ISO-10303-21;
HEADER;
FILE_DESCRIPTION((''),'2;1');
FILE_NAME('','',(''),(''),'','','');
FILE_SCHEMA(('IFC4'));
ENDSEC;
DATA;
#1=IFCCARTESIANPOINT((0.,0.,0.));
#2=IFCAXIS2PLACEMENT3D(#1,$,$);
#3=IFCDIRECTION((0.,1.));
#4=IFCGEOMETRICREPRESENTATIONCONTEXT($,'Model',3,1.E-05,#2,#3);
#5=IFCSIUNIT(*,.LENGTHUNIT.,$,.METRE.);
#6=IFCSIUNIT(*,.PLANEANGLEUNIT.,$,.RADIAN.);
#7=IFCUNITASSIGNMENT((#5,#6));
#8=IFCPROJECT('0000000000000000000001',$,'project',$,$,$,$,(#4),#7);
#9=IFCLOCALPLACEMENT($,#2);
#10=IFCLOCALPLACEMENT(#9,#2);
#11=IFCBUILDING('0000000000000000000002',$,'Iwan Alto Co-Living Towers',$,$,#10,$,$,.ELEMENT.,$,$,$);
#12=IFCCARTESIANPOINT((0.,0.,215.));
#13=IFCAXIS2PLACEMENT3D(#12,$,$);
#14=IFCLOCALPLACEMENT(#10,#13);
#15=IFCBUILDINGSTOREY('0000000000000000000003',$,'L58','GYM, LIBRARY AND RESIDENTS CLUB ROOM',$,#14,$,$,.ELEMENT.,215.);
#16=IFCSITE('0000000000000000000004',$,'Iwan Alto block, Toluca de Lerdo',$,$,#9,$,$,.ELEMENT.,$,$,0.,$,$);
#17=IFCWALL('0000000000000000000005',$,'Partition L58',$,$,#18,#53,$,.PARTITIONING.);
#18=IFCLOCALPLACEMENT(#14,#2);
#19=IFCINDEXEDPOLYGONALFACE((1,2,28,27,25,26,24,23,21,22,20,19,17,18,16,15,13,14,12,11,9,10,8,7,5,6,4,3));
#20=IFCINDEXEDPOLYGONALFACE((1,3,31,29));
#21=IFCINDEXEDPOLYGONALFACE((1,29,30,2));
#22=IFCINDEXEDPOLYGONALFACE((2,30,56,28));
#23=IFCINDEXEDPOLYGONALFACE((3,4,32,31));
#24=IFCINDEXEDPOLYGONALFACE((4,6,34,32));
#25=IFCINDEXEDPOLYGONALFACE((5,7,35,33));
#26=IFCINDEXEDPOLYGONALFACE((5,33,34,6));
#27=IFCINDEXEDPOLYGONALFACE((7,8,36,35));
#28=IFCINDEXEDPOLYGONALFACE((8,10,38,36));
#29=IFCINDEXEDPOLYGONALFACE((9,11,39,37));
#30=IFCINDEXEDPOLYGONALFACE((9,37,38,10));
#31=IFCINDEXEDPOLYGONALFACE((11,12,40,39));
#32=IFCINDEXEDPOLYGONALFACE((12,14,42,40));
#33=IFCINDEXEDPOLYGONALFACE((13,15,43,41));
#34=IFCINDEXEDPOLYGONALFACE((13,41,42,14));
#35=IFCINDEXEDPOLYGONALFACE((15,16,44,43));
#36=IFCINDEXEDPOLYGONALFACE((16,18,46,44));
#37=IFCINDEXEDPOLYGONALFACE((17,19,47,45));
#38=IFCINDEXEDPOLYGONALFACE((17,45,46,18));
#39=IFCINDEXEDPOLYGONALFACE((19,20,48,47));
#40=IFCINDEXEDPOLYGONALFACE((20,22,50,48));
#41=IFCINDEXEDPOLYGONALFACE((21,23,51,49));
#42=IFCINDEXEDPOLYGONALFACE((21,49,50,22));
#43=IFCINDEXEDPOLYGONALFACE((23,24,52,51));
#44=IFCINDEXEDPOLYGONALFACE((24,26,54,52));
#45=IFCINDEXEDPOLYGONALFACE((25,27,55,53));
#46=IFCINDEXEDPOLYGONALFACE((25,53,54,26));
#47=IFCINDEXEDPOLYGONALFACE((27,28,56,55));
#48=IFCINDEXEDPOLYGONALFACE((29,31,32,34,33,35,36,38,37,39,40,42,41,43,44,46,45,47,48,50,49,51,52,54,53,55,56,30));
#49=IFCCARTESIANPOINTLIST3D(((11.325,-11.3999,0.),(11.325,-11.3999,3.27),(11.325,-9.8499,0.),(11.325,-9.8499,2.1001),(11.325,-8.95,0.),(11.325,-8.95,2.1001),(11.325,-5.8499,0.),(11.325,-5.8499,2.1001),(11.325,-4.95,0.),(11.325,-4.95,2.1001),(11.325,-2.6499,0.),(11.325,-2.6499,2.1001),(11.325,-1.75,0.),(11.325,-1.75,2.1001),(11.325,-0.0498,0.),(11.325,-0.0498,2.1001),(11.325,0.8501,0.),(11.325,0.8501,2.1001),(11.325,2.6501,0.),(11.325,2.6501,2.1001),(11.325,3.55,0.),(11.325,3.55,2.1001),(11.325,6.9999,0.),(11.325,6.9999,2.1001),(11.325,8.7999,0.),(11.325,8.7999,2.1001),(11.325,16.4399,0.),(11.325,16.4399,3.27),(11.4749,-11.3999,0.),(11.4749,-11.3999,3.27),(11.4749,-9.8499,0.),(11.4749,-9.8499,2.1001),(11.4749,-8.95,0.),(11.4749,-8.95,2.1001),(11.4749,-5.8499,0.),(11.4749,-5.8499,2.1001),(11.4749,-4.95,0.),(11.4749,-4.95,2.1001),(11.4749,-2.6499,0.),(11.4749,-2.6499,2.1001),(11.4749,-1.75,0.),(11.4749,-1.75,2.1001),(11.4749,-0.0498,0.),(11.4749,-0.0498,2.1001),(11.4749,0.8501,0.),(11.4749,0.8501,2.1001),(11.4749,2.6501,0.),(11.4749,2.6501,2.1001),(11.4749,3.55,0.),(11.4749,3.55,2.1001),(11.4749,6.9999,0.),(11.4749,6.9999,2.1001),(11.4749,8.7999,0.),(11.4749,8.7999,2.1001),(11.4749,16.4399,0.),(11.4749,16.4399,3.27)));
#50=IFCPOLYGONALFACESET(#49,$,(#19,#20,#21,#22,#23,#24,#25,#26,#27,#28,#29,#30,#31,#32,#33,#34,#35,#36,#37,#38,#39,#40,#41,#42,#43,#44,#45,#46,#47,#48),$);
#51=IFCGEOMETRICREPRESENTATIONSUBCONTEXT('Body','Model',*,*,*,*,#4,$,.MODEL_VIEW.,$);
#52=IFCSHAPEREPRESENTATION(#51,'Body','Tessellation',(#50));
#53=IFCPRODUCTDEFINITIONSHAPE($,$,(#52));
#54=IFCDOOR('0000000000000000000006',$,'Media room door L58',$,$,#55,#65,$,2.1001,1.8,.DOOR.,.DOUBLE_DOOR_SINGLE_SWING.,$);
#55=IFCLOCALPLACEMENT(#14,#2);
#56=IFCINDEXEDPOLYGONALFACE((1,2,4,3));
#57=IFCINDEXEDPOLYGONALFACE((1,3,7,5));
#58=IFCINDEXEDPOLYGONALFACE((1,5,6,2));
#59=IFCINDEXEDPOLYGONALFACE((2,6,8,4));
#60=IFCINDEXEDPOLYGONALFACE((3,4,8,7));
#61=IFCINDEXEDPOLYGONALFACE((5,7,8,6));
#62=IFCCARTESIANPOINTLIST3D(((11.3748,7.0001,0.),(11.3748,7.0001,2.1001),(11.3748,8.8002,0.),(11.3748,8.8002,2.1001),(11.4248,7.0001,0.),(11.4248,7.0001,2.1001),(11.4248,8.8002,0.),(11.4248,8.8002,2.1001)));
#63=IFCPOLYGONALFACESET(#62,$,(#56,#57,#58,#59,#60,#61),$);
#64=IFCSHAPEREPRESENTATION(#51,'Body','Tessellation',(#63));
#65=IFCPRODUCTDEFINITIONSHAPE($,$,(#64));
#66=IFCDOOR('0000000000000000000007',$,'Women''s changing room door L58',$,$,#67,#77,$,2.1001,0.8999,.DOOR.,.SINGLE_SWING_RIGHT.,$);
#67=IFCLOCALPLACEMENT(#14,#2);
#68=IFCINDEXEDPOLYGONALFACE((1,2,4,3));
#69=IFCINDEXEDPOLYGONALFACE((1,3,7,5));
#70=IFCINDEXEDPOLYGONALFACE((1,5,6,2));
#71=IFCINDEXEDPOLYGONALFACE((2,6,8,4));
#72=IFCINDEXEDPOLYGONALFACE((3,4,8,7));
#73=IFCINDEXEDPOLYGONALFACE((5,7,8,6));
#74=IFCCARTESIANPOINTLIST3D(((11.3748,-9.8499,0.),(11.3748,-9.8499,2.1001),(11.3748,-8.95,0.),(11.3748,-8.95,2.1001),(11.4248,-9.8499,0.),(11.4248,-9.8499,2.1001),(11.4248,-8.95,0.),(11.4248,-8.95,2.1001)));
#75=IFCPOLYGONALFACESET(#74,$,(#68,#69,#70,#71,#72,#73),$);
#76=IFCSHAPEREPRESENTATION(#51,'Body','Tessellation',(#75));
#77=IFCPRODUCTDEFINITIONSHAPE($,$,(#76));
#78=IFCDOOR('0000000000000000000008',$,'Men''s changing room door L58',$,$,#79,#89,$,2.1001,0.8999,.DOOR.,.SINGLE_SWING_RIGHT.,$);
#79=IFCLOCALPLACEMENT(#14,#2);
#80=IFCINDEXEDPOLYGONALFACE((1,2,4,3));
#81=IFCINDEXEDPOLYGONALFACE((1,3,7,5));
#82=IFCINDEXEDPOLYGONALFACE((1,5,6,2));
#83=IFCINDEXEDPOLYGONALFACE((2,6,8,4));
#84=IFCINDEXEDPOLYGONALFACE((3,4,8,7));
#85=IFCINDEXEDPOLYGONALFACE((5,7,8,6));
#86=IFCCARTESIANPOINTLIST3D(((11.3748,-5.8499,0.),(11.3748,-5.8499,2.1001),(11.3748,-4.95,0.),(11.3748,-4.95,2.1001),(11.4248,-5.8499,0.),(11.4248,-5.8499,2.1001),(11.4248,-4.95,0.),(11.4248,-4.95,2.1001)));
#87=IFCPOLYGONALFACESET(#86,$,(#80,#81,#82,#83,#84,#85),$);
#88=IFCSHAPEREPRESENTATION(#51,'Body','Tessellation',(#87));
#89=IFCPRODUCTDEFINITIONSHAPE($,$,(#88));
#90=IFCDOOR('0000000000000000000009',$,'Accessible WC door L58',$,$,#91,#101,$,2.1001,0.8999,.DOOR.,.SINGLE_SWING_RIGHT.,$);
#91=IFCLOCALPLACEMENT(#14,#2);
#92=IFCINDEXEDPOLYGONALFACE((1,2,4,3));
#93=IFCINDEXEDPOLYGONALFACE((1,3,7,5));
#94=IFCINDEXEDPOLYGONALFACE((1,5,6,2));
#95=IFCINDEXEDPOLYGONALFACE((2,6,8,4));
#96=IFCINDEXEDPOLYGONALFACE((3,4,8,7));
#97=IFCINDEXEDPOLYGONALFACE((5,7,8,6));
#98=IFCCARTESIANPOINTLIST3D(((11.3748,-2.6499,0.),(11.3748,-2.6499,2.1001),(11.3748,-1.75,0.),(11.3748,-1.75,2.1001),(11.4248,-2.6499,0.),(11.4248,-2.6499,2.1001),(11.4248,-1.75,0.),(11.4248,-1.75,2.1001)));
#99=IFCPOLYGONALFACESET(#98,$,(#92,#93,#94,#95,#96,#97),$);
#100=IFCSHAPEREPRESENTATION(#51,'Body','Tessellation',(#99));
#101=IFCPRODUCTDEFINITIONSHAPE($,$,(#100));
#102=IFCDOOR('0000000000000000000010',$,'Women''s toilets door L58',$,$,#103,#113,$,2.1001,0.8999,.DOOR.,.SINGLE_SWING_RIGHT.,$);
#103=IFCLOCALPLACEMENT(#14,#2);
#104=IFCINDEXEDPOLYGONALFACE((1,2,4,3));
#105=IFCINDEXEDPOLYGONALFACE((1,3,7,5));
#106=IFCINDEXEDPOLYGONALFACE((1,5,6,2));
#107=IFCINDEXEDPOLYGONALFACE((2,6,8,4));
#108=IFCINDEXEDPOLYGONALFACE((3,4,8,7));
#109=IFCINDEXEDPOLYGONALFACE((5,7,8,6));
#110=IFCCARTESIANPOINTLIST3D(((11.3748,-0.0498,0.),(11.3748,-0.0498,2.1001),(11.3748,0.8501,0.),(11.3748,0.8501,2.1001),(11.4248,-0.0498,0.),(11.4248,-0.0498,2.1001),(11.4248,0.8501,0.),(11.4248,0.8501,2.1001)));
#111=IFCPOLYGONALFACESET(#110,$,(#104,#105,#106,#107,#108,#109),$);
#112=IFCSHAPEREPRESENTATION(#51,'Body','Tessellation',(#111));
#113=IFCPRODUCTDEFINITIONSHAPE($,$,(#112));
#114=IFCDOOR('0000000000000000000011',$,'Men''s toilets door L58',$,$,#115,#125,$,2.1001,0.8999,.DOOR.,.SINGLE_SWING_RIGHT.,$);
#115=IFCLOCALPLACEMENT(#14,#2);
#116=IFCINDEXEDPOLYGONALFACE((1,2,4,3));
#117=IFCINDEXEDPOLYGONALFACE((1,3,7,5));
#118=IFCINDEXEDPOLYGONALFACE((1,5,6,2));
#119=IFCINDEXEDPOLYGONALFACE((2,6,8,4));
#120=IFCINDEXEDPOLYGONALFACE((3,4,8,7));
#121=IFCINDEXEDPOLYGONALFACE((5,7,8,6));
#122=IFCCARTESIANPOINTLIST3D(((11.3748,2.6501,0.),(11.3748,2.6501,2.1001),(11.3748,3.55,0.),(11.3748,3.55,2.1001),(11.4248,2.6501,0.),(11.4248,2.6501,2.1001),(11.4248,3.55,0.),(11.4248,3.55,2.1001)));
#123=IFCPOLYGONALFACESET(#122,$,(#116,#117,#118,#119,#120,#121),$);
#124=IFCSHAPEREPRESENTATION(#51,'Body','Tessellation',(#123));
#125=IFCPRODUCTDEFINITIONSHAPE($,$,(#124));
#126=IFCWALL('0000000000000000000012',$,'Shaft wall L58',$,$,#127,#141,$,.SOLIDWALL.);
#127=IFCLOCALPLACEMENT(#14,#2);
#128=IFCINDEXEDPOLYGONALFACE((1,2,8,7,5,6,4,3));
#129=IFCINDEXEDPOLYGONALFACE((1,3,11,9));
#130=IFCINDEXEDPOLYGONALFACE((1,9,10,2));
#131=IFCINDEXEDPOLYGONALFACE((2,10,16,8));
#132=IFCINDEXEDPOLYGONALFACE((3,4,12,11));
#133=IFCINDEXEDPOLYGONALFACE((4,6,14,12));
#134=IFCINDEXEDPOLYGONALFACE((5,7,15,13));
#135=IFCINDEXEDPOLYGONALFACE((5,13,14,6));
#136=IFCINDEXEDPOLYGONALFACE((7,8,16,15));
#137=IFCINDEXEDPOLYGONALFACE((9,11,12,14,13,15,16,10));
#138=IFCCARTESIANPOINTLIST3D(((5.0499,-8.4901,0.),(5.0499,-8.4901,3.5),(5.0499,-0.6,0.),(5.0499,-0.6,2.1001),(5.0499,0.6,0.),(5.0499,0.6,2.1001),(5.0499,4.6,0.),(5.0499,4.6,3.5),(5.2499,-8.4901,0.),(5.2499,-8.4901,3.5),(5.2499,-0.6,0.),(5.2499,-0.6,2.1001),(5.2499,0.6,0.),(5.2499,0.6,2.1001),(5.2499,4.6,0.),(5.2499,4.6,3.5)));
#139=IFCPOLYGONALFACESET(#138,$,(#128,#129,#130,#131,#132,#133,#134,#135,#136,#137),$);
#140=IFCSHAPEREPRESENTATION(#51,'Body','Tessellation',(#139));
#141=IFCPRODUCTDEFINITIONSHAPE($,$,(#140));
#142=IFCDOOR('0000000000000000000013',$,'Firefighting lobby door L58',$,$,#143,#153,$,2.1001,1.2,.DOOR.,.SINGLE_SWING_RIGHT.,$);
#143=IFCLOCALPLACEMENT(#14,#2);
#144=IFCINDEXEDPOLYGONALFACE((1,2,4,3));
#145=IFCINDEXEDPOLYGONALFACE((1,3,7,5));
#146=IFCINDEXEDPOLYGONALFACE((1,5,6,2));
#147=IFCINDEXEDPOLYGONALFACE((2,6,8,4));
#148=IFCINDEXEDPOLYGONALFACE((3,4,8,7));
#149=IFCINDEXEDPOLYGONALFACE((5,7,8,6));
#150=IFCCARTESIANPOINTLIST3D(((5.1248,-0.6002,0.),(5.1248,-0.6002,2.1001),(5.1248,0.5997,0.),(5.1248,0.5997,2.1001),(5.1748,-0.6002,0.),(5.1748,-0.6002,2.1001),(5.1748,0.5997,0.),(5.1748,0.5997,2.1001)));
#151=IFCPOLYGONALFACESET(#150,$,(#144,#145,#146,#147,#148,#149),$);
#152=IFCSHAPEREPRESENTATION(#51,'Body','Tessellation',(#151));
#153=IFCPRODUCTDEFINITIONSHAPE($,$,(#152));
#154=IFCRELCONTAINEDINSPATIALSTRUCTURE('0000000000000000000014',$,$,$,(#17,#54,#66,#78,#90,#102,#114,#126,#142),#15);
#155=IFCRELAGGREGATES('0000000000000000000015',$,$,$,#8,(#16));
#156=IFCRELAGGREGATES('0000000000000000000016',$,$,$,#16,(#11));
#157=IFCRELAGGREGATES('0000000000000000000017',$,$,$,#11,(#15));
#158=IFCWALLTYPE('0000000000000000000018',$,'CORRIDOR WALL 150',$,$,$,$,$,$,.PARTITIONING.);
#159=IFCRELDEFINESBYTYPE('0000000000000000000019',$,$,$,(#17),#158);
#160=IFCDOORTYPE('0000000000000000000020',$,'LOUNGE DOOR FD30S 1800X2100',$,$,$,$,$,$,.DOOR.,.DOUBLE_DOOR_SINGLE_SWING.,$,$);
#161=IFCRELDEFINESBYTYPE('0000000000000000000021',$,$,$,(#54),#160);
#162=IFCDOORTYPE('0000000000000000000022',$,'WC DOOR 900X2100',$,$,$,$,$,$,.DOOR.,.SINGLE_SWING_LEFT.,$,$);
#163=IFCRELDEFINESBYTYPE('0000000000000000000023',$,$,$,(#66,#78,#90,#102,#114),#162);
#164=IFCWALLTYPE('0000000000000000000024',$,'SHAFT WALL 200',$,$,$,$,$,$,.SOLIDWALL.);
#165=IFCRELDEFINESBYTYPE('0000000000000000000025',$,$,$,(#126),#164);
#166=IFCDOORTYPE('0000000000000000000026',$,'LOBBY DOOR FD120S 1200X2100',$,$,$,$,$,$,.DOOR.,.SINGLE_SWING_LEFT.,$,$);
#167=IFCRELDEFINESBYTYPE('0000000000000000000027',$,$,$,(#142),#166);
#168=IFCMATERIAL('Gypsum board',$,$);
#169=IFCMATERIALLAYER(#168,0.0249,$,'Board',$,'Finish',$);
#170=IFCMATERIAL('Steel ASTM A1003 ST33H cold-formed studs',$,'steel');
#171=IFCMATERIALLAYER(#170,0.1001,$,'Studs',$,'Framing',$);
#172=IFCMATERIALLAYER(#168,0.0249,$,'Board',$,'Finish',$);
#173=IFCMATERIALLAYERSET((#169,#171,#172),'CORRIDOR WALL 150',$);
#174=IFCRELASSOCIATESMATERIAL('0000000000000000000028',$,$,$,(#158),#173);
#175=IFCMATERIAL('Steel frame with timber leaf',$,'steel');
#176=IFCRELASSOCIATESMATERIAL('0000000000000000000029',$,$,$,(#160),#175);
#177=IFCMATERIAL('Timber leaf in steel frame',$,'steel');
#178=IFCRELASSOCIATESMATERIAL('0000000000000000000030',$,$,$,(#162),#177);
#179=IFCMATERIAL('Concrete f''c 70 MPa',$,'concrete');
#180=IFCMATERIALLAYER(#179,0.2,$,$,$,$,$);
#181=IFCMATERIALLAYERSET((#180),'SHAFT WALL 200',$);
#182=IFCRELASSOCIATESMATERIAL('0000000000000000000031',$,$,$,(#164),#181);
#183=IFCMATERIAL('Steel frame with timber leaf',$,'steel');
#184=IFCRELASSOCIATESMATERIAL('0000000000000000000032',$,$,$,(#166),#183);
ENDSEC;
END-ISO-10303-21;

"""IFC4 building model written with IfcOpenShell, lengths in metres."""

from ifc_helpers import new_model, si_unit, direction, frame, frame_2d, origin, place, context, subcontext, project, spatial, rectangle, extrude, material, layer, layer_set, type_object, element, fill, save


model = new_model("IFC4")

# Units and contexts
model_context = context("Model", 3, precision=1e-05, world=origin(), true_north=direction((0.0, 1.0)))
body_context = subcontext(model_context, "Body", "Model", "MODEL_VIEW")
ifc_project = project(units=[si_unit("LENGTHUNIT", "METRE"), si_unit("PLANEANGLEUNIT", "RADIAN")], contexts=[model_context])

# Site, building, storey
site_placement = place(None, origin())
site = spatial("IfcSite", under=ifc_project, at=site_placement, Name="Iwan Alto block, Toluca de Lerdo", CompositionType="ELEMENT", RefElevation=0.0)
building_placement = place(site_placement, origin())
building = spatial("IfcBuilding", under=site, at=building_placement, Name="Iwan Alto Co-Living Towers", CompositionType="ELEMENT")
storey_placement = place(building_placement, frame((0.0, 0.0, 215.0)))
storey = spatial("IfcBuildingStorey", under=building, at=storey_placement, Name="L58", Description="GYM, LIBRARY AND RESIDENTS CLUB ROOM", CompositionType="ELEMENT", Elevation=215.0)

# Wall, openings, doors
ifc_material_1 = material(Name="Gypsum board")
ifc_layer_1 = layer(ifc_material_1, 0.0249, Name="Board", Category="Finish")
ifc_material_2 = material(Name="Steel ASTM A1003 ST33H cold-formed studs", Category="steel")
ifc_layer_2 = layer(ifc_material_2, 0.1001, Name="Studs", Category="Framing")
ifc_layer_3 = layer(ifc_material_1, 0.0249, Name="Board", Category="Finish")
ifc_layer_set_1 = layer_set([ifc_layer_1, ifc_layer_2, ifc_layer_3], Name="CORRIDOR WALL 150")
wall_type_1 = type_object("IfcWallType", Name="CORRIDOR WALL 150", PredefinedType="PARTITIONING", material=ifc_layer_set_1)
wall_1_placement = place(storey_placement, frame((11.3999, -11.3999, 0.0), z_axis=(0.0, 0.0, 1.0), x_axis=(0.0, 1.0, 0.0)))
wall_1 = element("IfcWall", 1, at=wall_1_placement, inside=storey, type_object=wall_type_1, Name="Partition L58", PredefinedType="PARTITIONING", context=body_context, shape_type="SweptSolid", body=[
    extrude(rectangle(XDim=27.8398, YDim=0.1499, at=frame_2d((13.9199, 0.0))), origin(), (0.0, 0.0, 1.0), 3.27),
])
opening_1_placement = place(wall_1_placement, frame((1.55, 0.0, 0.0)))
opening_1 = element("IfcOpeningElement", 2, at=opening_1_placement, cuts=wall_1, PredefinedType="OPENING", context=body_context, shape_type="SweptSolid", body=[
    extrude(rectangle(XDim=0.8999, YDim=2.1001, at=frame_2d((0.45, 1.05))), frame((0.0, 0.085, 0.0), z_axis=(0.0, -1.0, 0.0), x_axis=(1.0, 0.0, 0.0)), (0.0, 0.0, 1.0), 0.1699),
])
opening_2_placement = place(wall_1_placement, frame((5.55, 0.0, 0.0)))
opening_2 = element("IfcOpeningElement", 3, at=opening_2_placement, cuts=wall_1, PredefinedType="OPENING", context=body_context, shape_type="SweptSolid", body=[
    extrude(rectangle(XDim=0.8999, YDim=2.1001, at=frame_2d((0.45, 1.05))), frame((0.0, 0.085, 0.0), z_axis=(0.0, -1.0, 0.0), x_axis=(1.0, 0.0, 0.0)), (0.0, 0.0, 1.0), 0.1699),
])
opening_3_placement = place(wall_1_placement, frame((8.75, 0.0, 0.0)))
opening_3 = element("IfcOpeningElement", 4, at=opening_3_placement, cuts=wall_1, PredefinedType="OPENING", context=body_context, shape_type="SweptSolid", body=[
    extrude(rectangle(XDim=0.8999, YDim=2.1001, at=frame_2d((0.45, 1.05))), frame((0.0, 0.085, 0.0), z_axis=(0.0, -1.0, 0.0), x_axis=(1.0, 0.0, 0.0)), (0.0, 0.0, 1.0), 0.1699),
])
opening_4_placement = place(wall_1_placement, frame((11.3501, 0.0, 0.0)))
opening_4 = element("IfcOpeningElement", 5, at=opening_4_placement, cuts=wall_1, PredefinedType="OPENING", context=body_context, shape_type="SweptSolid", body=[
    extrude(rectangle(XDim=0.8999, YDim=2.1001, at=frame_2d((0.45, 1.05))), frame((0.0, 0.085, 0.0), z_axis=(0.0, -1.0, 0.0), x_axis=(1.0, 0.0, 0.0)), (0.0, 0.0, 1.0), 0.1699),
])
opening_5_placement = place(wall_1_placement, frame((14.05, 0.0, 0.0)))
opening_5 = element("IfcOpeningElement", 6, at=opening_5_placement, cuts=wall_1, PredefinedType="OPENING", context=body_context, shape_type="SweptSolid", body=[
    extrude(rectangle(XDim=0.8999, YDim=2.1001, at=frame_2d((0.45, 1.05))), frame((0.0, 0.085, 0.0), z_axis=(0.0, -1.0, 0.0), x_axis=(1.0, 0.0, 0.0)), (0.0, 0.0, 1.0), 0.1699),
])
opening_6_placement = place(wall_1_placement, frame((18.3999, 0.0, 0.0)))
opening_6 = element("IfcOpeningElement", 7, at=opening_6_placement, cuts=wall_1, PredefinedType="OPENING", context=body_context, shape_type="SweptSolid", body=[
    extrude(rectangle(XDim=1.8, YDim=2.1001, at=frame_2d((0.8999, 1.05))), frame((0.0, 0.085, 0.0), z_axis=(0.0, -1.0, 0.0), x_axis=(1.0, 0.0, 0.0)), (0.0, 0.0, 1.0), 0.1699),
])
ifc_material_3 = material(Name="Steel frame with timber leaf", Category="steel")
door_type_1 = type_object("IfcDoorType", Name="LOUNGE DOOR FD30S 1800X2100", OperationType="DOUBLE_DOOR_SINGLE_SWING", PredefinedType="DOOR", material=ifc_material_3)
door_1_placement = place(opening_6_placement, frame((1.8, 0.0, 0.0), z_axis=(0.0, 0.0, 1.0), x_axis=(-1.0, 0.0, 0.0)))
door_1 = element("IfcDoor", 8, at=door_1_placement, inside=storey, type_object=door_type_1, Name="Media room door L58", OperationType="DOUBLE_DOOR_SINGLE_SWING", OverallHeight=2.1001, OverallWidth=1.8, PredefinedType="DOOR", context=body_context, shape_type="SweptSolid", body=[
    extrude(rectangle(XDim=1.8, YDim=2.1001, at=frame_2d((0.8999, 1.05))), frame((0.0, 0.0249, 0.0), z_axis=(0.0, -1.0, 0.0), x_axis=(1.0, 0.0, 0.0)), (0.0, 0.0, 1.0), 0.05),
])
fill(opening_6, door_1)
ifc_material_4 = material(Name="Timber leaf in steel frame", Category="steel")
door_type_2 = type_object("IfcDoorType", Name="WC DOOR 900X2100", OperationType="SINGLE_SWING_LEFT", PredefinedType="DOOR", material=ifc_material_4)
door_2_placement = place(opening_1_placement, frame((0.8999, 0.0, 0.0), z_axis=(0.0, 0.0, 1.0), x_axis=(-1.0, 0.0, 0.0)))
door_2 = element("IfcDoor", 9, at=door_2_placement, inside=storey, type_object=door_type_2, Name="Women's changing room door L58", OperationType="SINGLE_SWING_RIGHT", OverallHeight=2.1001, OverallWidth=0.8999, PredefinedType="DOOR", context=body_context, shape_type="SweptSolid", body=[
    extrude(rectangle(XDim=0.8999, YDim=2.1001, at=frame_2d((0.45, 1.05))), frame((0.0, 0.0249, 0.0), z_axis=(0.0, -1.0, 0.0), x_axis=(1.0, 0.0, 0.0)), (0.0, 0.0, 1.0), 0.05),
])
fill(opening_1, door_2)
door_3_placement = place(opening_2_placement, frame((0.8999, 0.0, 0.0), z_axis=(0.0, 0.0, 1.0), x_axis=(-1.0, 0.0, 0.0)))
door_3 = element("IfcDoor", 10, at=door_3_placement, inside=storey, type_object=door_type_2, Name="Men's changing room door L58", OperationType="SINGLE_SWING_RIGHT", OverallHeight=2.1001, OverallWidth=0.8999, PredefinedType="DOOR", context=body_context, shape_type="SweptSolid", body=[
    extrude(rectangle(XDim=0.8999, YDim=2.1001, at=frame_2d((0.45, 1.05))), frame((0.0, 0.0249, 0.0), z_axis=(0.0, -1.0, 0.0), x_axis=(1.0, 0.0, 0.0)), (0.0, 0.0, 1.0), 0.05),
])
fill(opening_2, door_3)
door_4_placement = place(opening_3_placement, frame((0.8999, 0.0, 0.0), z_axis=(0.0, 0.0, 1.0), x_axis=(-1.0, 0.0, 0.0)))
door_4 = element("IfcDoor", 11, at=door_4_placement, inside=storey, type_object=door_type_2, Name="Accessible WC door L58", OperationType="SINGLE_SWING_RIGHT", OverallHeight=2.1001, OverallWidth=0.8999, PredefinedType="DOOR", context=body_context, shape_type="SweptSolid", body=[
    extrude(rectangle(XDim=0.8999, YDim=2.1001, at=frame_2d((0.45, 1.05))), frame((0.0, 0.0249, 0.0), z_axis=(0.0, -1.0, 0.0), x_axis=(1.0, 0.0, 0.0)), (0.0, 0.0, 1.0), 0.05),
])
fill(opening_3, door_4)
door_5_placement = place(opening_4_placement, frame((0.8999, 0.0, 0.0), z_axis=(0.0, 0.0, 1.0), x_axis=(-1.0, 0.0, 0.0)))
door_5 = element("IfcDoor", 12, at=door_5_placement, inside=storey, type_object=door_type_2, Name="Women's toilets door L58", OperationType="SINGLE_SWING_RIGHT", OverallHeight=2.1001, OverallWidth=0.8999, PredefinedType="DOOR", context=body_context, shape_type="SweptSolid", body=[
    extrude(rectangle(XDim=0.8999, YDim=2.1001, at=frame_2d((0.45, 1.05))), frame((0.0, 0.0249, 0.0), z_axis=(0.0, -1.0, 0.0), x_axis=(1.0, 0.0, 0.0)), (0.0, 0.0, 1.0), 0.05),
])
fill(opening_4, door_5)
door_6_placement = place(opening_5_placement, frame((0.8999, 0.0, 0.0), z_axis=(0.0, 0.0, 1.0), x_axis=(-1.0, 0.0, 0.0)))
door_6 = element("IfcDoor", 13, at=door_6_placement, inside=storey, type_object=door_type_2, Name="Men's toilets door L58", OperationType="SINGLE_SWING_RIGHT", OverallHeight=2.1001, OverallWidth=0.8999, PredefinedType="DOOR", context=body_context, shape_type="SweptSolid", body=[
    extrude(rectangle(XDim=0.8999, YDim=2.1001, at=frame_2d((0.45, 1.05))), frame((0.0, 0.0249, 0.0), z_axis=(0.0, -1.0, 0.0), x_axis=(1.0, 0.0, 0.0)), (0.0, 0.0, 1.0), 0.05),
])
fill(opening_5, door_6)

# Wall, opening, door
ifc_material_5 = material(Name="Concrete f'c 70 MPa", Category="concrete")
ifc_layer_4 = layer(ifc_material_5, 0.2)
ifc_layer_set_2 = layer_set([ifc_layer_4], Name="SHAFT WALL 200")
wall_type_2 = type_object("IfcWallType", Name="SHAFT WALL 200", PredefinedType="SOLIDWALL", material=ifc_layer_set_2)
wall_2_placement = place(storey_placement, frame((5.1499, -8.49, 0.0), z_axis=(0.0, 0.0, 1.0), x_axis=(0.0, 1.0, 0.0)))
wall_2 = element("IfcWall", 14, at=wall_2_placement, inside=storey, type_object=wall_type_2, Name="Shaft wall L58", PredefinedType="SOLIDWALL", context=body_context, shape_type="SweptSolid", body=[
    extrude(rectangle(XDim=13.0901, YDim=0.2, at=frame_2d((6.5449, 0.0))), origin(), (0.0, 0.0, 1.0), 3.5),
])
opening_7_placement = place(wall_2_placement, frame((7.8899, 0.0, 0.0)))
opening_7 = element("IfcOpeningElement", 15, at=opening_7_placement, cuts=wall_2, PredefinedType="OPENING", context=body_context, shape_type="SweptSolid", body=[
    extrude(rectangle(XDim=1.2, YDim=2.1001, at=frame_2d((0.6001, 1.05))), frame((0.0, 0.1099, 0.0), z_axis=(0.0, -1.0, 0.0), x_axis=(1.0, 0.0, 0.0)), (0.0, 0.0, 1.0), 0.22),
])
ifc_material_6 = material(Name="Steel frame with timber leaf", Category="steel")
door_type_3 = type_object("IfcDoorType", Name="LOBBY DOOR FD120S 1200X2100", OperationType="SINGLE_SWING_LEFT", PredefinedType="DOOR", material=ifc_material_6)
door_7_placement = place(opening_7_placement, frame((1.2, 0.0, 0.0), z_axis=(0.0, 0.0, 1.0), x_axis=(-1.0, 0.0, 0.0)))
door_7 = element("IfcDoor", 16, at=door_7_placement, inside=storey, type_object=door_type_3, Name="Firefighting lobby door L58", OperationType="SINGLE_SWING_RIGHT", OverallHeight=2.1001, OverallWidth=1.2, PredefinedType="DOOR", context=body_context, shape_type="SweptSolid", body=[
    extrude(rectangle(XDim=1.2, YDim=2.1001, at=frame_2d((0.6001, 1.05))), frame((0.0, 0.0249, 0.0), z_axis=(0.0, -1.0, 0.0), x_axis=(1.0, 0.0, 0.0)), (0.0, 0.0, 1.0), 0.05),
])
fill(opening_7, door_7)

save(model, "model.ifc")
